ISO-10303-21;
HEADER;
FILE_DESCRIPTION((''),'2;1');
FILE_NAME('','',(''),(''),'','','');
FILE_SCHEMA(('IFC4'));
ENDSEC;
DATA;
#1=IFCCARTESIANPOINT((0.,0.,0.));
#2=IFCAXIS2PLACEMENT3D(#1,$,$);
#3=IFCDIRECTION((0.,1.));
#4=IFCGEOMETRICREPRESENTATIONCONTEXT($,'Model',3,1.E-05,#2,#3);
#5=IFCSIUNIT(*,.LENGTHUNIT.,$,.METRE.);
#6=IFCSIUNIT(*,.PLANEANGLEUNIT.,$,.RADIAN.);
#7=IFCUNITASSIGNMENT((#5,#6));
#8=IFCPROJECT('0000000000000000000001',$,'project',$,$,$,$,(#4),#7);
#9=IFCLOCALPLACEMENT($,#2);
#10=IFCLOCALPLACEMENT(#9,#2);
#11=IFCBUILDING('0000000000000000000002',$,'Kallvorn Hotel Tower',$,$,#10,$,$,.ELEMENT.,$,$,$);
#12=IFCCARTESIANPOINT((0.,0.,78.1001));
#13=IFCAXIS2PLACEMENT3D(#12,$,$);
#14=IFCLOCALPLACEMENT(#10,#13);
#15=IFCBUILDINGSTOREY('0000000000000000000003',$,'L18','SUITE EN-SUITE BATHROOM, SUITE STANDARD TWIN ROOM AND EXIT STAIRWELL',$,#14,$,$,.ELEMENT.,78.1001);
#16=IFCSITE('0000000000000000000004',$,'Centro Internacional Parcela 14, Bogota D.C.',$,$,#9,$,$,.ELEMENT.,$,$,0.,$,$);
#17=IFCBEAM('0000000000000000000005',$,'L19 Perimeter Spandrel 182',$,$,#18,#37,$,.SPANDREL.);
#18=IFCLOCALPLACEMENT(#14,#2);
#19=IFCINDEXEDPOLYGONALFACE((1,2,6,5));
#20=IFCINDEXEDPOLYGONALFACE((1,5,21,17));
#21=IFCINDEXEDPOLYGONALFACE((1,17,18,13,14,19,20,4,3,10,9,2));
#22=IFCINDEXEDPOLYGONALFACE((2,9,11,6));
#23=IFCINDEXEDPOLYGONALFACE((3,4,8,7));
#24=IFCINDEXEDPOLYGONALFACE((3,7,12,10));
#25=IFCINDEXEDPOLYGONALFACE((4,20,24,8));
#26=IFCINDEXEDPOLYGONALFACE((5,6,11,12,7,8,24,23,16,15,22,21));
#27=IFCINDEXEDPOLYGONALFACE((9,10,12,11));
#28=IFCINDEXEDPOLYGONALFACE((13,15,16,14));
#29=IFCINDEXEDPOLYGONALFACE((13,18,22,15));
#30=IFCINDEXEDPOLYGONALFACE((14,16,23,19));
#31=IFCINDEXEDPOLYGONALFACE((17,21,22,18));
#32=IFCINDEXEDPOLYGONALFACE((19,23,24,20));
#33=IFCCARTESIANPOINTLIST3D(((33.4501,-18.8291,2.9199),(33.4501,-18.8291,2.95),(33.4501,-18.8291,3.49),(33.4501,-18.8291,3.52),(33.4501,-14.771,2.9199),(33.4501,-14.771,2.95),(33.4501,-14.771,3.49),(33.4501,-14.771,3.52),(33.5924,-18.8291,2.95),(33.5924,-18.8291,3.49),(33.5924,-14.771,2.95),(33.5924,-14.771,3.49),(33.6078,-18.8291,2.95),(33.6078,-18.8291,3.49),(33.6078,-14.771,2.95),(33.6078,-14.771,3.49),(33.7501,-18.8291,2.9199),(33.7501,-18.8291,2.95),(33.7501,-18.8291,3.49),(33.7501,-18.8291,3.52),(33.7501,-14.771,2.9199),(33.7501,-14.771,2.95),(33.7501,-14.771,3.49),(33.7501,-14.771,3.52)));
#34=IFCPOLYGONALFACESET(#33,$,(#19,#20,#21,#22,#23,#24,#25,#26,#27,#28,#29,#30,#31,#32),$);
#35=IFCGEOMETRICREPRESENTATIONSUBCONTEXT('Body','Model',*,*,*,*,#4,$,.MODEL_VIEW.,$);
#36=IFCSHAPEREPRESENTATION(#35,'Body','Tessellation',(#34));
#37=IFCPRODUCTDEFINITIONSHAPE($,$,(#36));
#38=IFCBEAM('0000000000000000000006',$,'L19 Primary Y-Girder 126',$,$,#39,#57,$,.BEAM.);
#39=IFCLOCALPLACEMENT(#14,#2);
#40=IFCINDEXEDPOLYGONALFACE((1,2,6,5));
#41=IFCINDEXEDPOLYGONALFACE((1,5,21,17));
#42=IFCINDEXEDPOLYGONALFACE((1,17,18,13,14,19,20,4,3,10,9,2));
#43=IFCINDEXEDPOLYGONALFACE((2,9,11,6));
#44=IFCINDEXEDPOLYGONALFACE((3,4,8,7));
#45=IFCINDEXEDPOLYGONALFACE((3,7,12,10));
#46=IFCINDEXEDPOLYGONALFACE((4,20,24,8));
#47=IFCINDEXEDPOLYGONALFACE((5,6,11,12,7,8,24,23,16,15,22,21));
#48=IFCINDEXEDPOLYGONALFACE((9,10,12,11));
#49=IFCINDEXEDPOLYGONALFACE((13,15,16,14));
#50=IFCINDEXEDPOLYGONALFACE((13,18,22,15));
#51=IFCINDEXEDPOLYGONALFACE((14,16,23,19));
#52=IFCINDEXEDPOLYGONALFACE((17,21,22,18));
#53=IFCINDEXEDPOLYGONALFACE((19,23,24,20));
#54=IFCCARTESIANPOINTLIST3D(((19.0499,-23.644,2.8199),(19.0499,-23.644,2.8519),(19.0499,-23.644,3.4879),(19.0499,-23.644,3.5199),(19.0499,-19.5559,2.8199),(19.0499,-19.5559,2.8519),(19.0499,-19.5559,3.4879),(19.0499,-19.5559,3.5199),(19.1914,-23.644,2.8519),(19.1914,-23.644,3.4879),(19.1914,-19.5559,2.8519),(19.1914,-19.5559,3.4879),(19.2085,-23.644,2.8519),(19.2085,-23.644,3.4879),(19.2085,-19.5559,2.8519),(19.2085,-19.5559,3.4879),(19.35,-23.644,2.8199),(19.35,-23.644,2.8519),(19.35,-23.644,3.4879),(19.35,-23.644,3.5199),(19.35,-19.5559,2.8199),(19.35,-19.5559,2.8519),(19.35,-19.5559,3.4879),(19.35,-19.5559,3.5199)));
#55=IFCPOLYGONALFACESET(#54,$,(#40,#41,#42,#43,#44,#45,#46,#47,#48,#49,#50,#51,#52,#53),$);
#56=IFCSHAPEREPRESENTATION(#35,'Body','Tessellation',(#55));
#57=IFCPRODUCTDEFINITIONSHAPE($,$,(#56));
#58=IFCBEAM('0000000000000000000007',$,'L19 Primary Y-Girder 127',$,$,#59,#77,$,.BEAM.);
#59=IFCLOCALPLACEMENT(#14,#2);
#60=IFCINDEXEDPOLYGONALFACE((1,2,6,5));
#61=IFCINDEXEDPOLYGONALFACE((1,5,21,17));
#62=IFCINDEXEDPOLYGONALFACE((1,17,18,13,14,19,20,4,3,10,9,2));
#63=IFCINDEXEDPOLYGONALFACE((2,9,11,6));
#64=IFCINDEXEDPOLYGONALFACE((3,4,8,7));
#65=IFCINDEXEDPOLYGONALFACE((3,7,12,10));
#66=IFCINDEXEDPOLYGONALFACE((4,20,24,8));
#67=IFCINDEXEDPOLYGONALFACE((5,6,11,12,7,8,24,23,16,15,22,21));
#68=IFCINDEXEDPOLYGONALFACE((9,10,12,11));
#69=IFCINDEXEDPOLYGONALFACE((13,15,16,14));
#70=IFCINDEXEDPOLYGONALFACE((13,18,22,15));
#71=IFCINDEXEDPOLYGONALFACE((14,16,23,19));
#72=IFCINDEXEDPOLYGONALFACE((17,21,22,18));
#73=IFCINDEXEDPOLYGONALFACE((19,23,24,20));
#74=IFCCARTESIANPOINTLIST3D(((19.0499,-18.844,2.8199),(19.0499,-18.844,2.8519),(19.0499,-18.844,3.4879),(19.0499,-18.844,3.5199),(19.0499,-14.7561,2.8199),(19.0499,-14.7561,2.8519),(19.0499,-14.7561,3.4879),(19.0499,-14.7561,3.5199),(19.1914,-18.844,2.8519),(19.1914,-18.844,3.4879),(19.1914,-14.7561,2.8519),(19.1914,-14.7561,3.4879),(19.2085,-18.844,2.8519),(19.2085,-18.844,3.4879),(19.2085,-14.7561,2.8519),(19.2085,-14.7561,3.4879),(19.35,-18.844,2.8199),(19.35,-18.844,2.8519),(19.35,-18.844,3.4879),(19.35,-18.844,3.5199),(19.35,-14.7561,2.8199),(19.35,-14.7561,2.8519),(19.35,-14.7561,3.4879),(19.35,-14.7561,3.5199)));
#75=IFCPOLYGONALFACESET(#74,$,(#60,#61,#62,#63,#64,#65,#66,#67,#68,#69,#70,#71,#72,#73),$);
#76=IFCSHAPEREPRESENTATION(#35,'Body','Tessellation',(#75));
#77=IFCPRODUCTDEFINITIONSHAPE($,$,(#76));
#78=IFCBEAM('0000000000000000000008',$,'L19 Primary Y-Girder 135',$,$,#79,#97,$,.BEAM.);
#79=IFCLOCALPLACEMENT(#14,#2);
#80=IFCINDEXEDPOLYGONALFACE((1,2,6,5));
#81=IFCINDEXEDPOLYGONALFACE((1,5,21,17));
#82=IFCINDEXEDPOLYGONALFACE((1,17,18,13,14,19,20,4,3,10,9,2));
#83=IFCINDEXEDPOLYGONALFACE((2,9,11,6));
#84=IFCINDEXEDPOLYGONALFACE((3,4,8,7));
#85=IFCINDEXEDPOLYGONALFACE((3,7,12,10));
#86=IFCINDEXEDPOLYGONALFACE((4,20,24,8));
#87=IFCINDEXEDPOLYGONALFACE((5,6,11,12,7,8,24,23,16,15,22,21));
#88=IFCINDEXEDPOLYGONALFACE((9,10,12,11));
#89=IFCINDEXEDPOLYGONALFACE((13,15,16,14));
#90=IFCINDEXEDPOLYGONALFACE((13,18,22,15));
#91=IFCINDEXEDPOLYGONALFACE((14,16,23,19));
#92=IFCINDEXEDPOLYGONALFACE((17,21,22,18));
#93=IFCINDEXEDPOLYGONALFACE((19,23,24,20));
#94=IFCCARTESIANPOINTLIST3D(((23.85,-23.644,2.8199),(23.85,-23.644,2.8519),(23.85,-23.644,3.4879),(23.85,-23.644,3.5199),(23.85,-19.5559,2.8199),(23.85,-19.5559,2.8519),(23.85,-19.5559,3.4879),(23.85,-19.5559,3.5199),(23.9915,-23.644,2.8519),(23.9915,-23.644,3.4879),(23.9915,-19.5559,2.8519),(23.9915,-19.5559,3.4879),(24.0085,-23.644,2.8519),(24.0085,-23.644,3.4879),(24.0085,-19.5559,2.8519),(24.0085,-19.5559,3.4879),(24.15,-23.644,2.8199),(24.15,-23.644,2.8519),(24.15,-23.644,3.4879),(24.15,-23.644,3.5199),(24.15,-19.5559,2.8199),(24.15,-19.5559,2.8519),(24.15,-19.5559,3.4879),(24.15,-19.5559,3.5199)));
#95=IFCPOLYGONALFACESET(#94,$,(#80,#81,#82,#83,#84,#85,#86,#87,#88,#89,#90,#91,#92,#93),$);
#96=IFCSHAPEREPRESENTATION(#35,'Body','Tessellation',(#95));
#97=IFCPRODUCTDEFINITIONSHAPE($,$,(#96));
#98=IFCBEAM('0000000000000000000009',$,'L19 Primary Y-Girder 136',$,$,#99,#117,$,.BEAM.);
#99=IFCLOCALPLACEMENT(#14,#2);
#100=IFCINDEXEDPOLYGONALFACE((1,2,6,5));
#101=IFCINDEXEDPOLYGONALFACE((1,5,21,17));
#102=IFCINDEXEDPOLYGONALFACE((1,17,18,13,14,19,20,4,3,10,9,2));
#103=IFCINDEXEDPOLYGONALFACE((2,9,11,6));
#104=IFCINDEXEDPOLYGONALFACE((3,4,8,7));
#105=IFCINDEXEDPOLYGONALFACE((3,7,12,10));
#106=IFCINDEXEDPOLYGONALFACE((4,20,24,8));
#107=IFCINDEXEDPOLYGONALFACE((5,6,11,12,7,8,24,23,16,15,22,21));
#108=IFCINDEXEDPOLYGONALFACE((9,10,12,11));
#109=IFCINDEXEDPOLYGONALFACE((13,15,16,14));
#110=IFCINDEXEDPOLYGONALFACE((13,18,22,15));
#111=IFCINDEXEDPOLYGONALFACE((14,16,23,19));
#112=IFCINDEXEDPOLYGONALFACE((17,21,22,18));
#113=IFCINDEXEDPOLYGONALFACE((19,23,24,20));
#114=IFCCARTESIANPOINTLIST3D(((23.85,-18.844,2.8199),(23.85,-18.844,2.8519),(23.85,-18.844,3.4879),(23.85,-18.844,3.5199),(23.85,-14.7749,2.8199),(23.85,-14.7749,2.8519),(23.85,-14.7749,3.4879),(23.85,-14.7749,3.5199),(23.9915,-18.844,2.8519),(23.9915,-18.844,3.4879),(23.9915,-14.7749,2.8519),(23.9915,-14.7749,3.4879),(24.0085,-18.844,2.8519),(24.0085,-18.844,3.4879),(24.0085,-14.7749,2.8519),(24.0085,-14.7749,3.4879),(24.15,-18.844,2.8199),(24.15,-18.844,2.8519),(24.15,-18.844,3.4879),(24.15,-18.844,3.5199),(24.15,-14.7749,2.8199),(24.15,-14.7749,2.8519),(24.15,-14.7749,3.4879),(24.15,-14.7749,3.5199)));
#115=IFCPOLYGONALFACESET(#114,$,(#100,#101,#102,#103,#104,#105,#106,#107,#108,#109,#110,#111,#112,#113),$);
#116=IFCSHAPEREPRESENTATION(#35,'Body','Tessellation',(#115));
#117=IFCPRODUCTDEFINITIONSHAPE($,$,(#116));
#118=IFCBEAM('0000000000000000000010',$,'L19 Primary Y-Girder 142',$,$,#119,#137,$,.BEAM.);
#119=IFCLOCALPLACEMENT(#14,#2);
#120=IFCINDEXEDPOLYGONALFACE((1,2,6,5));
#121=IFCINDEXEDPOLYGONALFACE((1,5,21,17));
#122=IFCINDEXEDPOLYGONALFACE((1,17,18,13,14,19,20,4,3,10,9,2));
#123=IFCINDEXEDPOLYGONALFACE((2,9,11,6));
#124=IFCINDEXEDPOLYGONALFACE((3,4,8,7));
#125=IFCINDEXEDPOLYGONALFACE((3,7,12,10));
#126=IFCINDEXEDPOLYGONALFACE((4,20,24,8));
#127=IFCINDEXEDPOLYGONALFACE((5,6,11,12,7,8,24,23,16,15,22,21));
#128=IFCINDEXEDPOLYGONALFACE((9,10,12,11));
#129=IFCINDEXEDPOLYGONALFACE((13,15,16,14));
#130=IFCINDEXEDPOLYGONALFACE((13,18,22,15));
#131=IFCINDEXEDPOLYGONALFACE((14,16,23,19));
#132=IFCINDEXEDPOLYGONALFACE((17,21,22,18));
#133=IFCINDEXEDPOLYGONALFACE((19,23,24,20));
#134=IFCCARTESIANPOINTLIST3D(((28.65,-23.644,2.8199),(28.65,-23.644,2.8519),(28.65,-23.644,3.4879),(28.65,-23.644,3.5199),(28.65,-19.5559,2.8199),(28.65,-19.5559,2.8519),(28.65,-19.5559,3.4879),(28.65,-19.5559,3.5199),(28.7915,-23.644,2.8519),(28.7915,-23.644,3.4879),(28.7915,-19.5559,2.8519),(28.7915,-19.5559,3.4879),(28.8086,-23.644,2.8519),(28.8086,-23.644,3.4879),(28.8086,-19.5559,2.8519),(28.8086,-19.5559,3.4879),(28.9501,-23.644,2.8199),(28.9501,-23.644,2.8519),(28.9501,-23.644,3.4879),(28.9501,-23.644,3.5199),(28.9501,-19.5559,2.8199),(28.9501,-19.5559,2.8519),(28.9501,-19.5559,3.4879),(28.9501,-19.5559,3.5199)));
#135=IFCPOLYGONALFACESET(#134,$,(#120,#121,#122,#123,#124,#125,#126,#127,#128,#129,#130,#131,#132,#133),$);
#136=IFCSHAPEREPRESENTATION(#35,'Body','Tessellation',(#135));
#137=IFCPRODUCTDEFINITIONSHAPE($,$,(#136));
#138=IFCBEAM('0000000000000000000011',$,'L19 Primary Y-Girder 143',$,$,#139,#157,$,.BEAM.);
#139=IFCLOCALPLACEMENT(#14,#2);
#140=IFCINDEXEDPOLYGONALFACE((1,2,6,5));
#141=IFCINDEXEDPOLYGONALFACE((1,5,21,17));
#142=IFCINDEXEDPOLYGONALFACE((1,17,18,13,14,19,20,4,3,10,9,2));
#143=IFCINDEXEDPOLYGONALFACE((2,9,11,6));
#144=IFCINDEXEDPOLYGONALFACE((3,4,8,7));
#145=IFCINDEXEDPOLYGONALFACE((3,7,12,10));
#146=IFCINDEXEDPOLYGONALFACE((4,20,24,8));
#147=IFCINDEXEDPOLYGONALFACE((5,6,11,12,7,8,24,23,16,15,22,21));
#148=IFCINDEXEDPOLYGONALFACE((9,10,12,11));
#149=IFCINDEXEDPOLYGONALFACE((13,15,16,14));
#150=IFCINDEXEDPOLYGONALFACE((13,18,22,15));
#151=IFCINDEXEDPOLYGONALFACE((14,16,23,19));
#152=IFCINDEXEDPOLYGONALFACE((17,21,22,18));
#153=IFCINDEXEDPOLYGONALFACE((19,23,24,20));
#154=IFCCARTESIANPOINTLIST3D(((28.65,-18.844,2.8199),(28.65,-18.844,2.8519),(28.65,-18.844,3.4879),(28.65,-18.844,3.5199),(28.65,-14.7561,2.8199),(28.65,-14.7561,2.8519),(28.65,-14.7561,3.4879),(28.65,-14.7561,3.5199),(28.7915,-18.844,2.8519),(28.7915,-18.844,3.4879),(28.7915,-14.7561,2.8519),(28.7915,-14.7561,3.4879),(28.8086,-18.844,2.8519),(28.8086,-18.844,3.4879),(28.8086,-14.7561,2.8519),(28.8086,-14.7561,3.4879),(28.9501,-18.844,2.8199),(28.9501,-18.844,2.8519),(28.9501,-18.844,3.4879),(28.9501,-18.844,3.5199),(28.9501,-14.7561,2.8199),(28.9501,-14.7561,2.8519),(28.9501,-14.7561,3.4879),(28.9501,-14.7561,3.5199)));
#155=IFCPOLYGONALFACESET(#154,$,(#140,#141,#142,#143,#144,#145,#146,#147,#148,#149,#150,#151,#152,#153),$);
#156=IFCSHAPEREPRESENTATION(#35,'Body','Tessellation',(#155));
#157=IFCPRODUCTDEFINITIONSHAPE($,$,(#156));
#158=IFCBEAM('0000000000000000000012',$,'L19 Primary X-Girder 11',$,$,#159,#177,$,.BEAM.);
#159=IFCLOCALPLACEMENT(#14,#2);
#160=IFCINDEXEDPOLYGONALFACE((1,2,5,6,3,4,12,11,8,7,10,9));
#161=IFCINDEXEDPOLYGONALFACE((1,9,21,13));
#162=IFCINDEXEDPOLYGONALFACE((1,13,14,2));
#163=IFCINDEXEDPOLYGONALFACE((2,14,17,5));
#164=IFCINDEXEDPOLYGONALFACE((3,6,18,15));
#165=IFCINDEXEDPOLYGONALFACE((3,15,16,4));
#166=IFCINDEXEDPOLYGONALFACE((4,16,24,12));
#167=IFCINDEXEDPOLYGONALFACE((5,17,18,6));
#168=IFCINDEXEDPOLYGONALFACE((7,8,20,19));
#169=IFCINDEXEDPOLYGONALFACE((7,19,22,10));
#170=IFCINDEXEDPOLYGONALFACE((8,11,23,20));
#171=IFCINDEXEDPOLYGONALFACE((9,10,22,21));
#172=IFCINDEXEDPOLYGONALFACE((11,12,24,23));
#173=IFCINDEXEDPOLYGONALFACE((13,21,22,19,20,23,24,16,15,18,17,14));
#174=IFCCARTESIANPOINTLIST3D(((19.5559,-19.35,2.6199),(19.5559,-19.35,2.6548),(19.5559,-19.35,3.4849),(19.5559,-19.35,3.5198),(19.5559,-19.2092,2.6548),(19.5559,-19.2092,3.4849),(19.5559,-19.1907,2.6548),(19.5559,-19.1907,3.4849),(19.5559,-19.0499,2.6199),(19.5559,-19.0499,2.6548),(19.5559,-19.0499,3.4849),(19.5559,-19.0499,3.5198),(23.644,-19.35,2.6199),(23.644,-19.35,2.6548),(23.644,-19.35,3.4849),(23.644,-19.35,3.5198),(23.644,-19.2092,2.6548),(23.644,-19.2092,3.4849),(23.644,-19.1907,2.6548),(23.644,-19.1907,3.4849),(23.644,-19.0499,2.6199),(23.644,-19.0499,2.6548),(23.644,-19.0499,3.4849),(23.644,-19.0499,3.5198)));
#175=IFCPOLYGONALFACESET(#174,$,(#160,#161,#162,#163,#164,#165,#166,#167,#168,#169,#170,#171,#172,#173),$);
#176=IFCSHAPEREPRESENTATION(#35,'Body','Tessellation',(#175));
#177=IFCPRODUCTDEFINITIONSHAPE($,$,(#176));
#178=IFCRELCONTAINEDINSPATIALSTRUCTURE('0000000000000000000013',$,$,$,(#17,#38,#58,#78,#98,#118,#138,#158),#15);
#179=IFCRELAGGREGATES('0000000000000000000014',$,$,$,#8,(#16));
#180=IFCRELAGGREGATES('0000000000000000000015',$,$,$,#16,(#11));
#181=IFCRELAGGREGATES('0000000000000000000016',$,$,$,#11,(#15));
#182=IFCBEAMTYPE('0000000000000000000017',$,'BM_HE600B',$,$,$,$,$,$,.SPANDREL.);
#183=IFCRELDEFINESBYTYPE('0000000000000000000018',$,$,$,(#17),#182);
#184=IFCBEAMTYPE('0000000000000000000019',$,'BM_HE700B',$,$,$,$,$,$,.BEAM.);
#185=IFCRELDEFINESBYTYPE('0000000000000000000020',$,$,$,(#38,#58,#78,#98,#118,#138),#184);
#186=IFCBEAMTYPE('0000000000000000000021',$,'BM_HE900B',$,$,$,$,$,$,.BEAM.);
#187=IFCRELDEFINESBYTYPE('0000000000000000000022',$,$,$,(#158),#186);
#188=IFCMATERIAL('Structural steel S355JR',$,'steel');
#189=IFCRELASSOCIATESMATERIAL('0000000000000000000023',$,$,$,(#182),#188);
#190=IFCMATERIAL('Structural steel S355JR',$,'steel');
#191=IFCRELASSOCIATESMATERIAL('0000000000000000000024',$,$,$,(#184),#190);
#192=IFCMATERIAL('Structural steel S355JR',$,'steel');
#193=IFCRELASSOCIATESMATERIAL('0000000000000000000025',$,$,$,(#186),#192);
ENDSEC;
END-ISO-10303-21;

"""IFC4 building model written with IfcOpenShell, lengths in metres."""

from ifc_helpers import new_model, si_unit, direction, frame, origin, origin_2d, place, context, subcontext, project, spatial, i_section, extrude, material, material_profile, profile_set, type_object, element, save


model = new_model("IFC4")

# Units and contexts
model_context = context("Model", 3, precision=1e-05, world=origin(), true_north=direction((0.0, 1.0)))
body_context = subcontext(model_context, "Body", "Model", "MODEL_VIEW")
ifc_project = project(units=[si_unit("LENGTHUNIT", "METRE"), si_unit("PLANEANGLEUNIT", "RADIAN")], contexts=[model_context])

# Site, building, storey
site_placement = place(None, origin())
site = spatial("IfcSite", under=ifc_project, at=site_placement, Name="Centro Internacional Parcela 14, Bogota D.C.", CompositionType="ELEMENT", RefElevation=0.0)
building_placement = place(site_placement, origin())
building = spatial("IfcBuilding", under=site, at=building_placement, Name="Kallvorn Hotel Tower", CompositionType="ELEMENT")
storey_placement = place(building_placement, frame((0.0, 0.0, 78.1001)))
storey = spatial("IfcBuildingStorey", under=building, at=storey_placement, Name="L18", Description="SUITE EN-SUITE BATHROOM, SUITE STANDARD TWIN ROOM AND EXIT STAIRWELL", CompositionType="ELEMENT", Elevation=78.1001)

# Beams
ifc_material_1 = material(Name="Structural steel S355JR", Category="steel")
ifc_material_profile_1 = material_profile(ifc_material_1, i_section(OverallWidth=0.3, OverallDepth=0.6001, WebThickness=0.0154, FlangeThickness=0.03, at=origin_2d()), Name="HE 600 B")
ifc_profile_set_1 = profile_set([ifc_material_profile_1], Name="Structural steel S355JR")
beam_type_1 = type_object("IfcBeamType", Name="BM_HE600B", PredefinedType="SPANDREL", material=ifc_profile_set_1)
beam_1_placement = place(storey_placement, frame((33.6001, -18.8291, 3.22), z_axis=(0.0, 1.0, 0.0), x_axis=(-1.0, 0.0, 0.0)))
element("IfcBeam", 1, at=beam_1_placement, inside=storey, type_object=beam_type_1, Name="L19 Perimeter Spandrel 182", PredefinedType="SPANDREL", context=body_context, shape_type="SweptSolid", body=[
    extrude(i_section(OverallWidth=0.3, OverallDepth=0.6001, WebThickness=0.0154, FlangeThickness=0.03, at=origin_2d()), origin(), (0.0, 0.0, 1.0), 4.0581),
])
ifc_material_2 = material(Name="Structural steel S355JR", Category="steel")
ifc_material_profile_2 = material_profile(ifc_material_2, i_section(OverallWidth=0.3, OverallDepth=0.7, WebThickness=0.0171, FlangeThickness=0.032, at=origin_2d()), Name="HE 700 B")
ifc_profile_set_2 = profile_set([ifc_material_profile_2], Name="Structural steel S355JR")
beam_type_2 = type_object("IfcBeamType", Name="BM_HE700B", PredefinedType="BEAM", material=ifc_profile_set_2)
beam_2_placement = place(storey_placement, frame((19.2, -23.644, 3.1699), z_axis=(0.0, 1.0, 0.0), x_axis=(-1.0, 0.0, 0.0)))
element("IfcBeam", 2, at=beam_2_placement, inside=storey, type_object=beam_type_2, Name="L19 Primary Y-Girder 126", PredefinedType="BEAM", context=body_context, shape_type="SweptSolid", body=[
    extrude(i_section(OverallWidth=0.3, OverallDepth=0.7, WebThickness=0.0171, FlangeThickness=0.032, at=origin_2d()), origin(), (0.0, 0.0, 1.0), 4.0881),
])
beam_3_placement = place(storey_placement, frame((19.2, -18.844, 3.1699), z_axis=(0.0, 1.0, 0.0), x_axis=(-1.0, 0.0, 0.0)))
element("IfcBeam", 3, at=beam_3_placement, inside=storey, type_object=beam_type_2, Name="L19 Primary Y-Girder 127", PredefinedType="BEAM", context=body_context, shape_type="SweptSolid", body=[
    extrude(i_section(OverallWidth=0.3, OverallDepth=0.7, WebThickness=0.0171, FlangeThickness=0.032, at=origin_2d()), origin(), (0.0, 0.0, 1.0), 4.0879),
])
beam_4_placement = place(storey_placement, frame((24.0, -23.644, 3.1699), z_axis=(0.0, 1.0, 0.0), x_axis=(-1.0, 0.0, 0.0)))
element("IfcBeam", 4, at=beam_4_placement, inside=storey, type_object=beam_type_2, Name="L19 Primary Y-Girder 135", PredefinedType="BEAM", context=body_context, shape_type="SweptSolid", body=[
    extrude(i_section(OverallWidth=0.3, OverallDepth=0.7, WebThickness=0.0171, FlangeThickness=0.032, at=origin_2d()), origin(), (0.0, 0.0, 1.0), 4.0881),
])
beam_5_placement = place(storey_placement, frame((24.0, -18.844, 3.1699), z_axis=(0.0, 1.0, 0.0), x_axis=(-1.0, 0.0, 0.0)))
element("IfcBeam", 5, at=beam_5_placement, inside=storey, type_object=beam_type_2, Name="L19 Primary Y-Girder 136", PredefinedType="BEAM", context=body_context, shape_type="SweptSolid", body=[
    extrude(i_section(OverallWidth=0.3, OverallDepth=0.7, WebThickness=0.0171, FlangeThickness=0.032, at=origin_2d()), origin(), (0.0, 0.0, 1.0), 4.0691),
])
beam_6_placement = place(storey_placement, frame((28.8, -23.644, 3.1699), z_axis=(0.0, 1.0, 0.0), x_axis=(-1.0, 0.0, 0.0)))
element("IfcBeam", 6, at=beam_6_placement, inside=storey, type_object=beam_type_2, Name="L19 Primary Y-Girder 142", PredefinedType="BEAM", context=body_context, shape_type="SweptSolid", body=[
    extrude(i_section(OverallWidth=0.3, OverallDepth=0.7, WebThickness=0.0171, FlangeThickness=0.032, at=origin_2d()), origin(), (0.0, 0.0, 1.0), 4.0881),
])
beam_7_placement = place(storey_placement, frame((28.8, -18.844, 3.1699), z_axis=(0.0, 1.0, 0.0), x_axis=(-1.0, 0.0, 0.0)))
element("IfcBeam", 7, at=beam_7_placement, inside=storey, type_object=beam_type_2, Name="L19 Primary Y-Girder 143", PredefinedType="BEAM", context=body_context, shape_type="SweptSolid", body=[
    extrude(i_section(OverallWidth=0.3, OverallDepth=0.7, WebThickness=0.0171, FlangeThickness=0.032, at=origin_2d()), origin(), (0.0, 0.0, 1.0), 4.0879),
])
ifc_material_3 = material(Name="Structural steel S355JR", Category="steel")
ifc_material_profile_3 = material_profile(ifc_material_3, i_section(OverallWidth=0.3, OverallDepth=0.8999, WebThickness=0.0186, FlangeThickness=0.0349, at=origin_2d()), Name="HE 900 B")
ifc_profile_set_3 = profile_set([ifc_material_profile_3], Name="Structural steel S355JR")
beam_type_3 = type_object("IfcBeamType", Name="BM_HE900B", PredefinedType="BEAM", material=ifc_profile_set_3)
for number, where, z_axis, x_axis, name in (
    (8, (19.5559, -19.2, 3.0698), (1.0, 0.0, 0.0), (0.0, 1.0, 0.0), "L19 Primary X-Girder 11"),
):
    element("IfcBeam", number, at=place(storey_placement, frame(where, z_axis=z_axis, x_axis=x_axis)), inside=storey, type_object=beam_type_3, Name=name, PredefinedType="BEAM", context=body_context, shape_type="SweptSolid", body=[
        extrude(i_section(OverallWidth=0.3, OverallDepth=0.8999, WebThickness=0.0186, FlangeThickness=0.0349, at=origin_2d()), origin(), (0.0, 0.0, 1.0), 4.0881),
    ])

save(model, "model.ifc")
